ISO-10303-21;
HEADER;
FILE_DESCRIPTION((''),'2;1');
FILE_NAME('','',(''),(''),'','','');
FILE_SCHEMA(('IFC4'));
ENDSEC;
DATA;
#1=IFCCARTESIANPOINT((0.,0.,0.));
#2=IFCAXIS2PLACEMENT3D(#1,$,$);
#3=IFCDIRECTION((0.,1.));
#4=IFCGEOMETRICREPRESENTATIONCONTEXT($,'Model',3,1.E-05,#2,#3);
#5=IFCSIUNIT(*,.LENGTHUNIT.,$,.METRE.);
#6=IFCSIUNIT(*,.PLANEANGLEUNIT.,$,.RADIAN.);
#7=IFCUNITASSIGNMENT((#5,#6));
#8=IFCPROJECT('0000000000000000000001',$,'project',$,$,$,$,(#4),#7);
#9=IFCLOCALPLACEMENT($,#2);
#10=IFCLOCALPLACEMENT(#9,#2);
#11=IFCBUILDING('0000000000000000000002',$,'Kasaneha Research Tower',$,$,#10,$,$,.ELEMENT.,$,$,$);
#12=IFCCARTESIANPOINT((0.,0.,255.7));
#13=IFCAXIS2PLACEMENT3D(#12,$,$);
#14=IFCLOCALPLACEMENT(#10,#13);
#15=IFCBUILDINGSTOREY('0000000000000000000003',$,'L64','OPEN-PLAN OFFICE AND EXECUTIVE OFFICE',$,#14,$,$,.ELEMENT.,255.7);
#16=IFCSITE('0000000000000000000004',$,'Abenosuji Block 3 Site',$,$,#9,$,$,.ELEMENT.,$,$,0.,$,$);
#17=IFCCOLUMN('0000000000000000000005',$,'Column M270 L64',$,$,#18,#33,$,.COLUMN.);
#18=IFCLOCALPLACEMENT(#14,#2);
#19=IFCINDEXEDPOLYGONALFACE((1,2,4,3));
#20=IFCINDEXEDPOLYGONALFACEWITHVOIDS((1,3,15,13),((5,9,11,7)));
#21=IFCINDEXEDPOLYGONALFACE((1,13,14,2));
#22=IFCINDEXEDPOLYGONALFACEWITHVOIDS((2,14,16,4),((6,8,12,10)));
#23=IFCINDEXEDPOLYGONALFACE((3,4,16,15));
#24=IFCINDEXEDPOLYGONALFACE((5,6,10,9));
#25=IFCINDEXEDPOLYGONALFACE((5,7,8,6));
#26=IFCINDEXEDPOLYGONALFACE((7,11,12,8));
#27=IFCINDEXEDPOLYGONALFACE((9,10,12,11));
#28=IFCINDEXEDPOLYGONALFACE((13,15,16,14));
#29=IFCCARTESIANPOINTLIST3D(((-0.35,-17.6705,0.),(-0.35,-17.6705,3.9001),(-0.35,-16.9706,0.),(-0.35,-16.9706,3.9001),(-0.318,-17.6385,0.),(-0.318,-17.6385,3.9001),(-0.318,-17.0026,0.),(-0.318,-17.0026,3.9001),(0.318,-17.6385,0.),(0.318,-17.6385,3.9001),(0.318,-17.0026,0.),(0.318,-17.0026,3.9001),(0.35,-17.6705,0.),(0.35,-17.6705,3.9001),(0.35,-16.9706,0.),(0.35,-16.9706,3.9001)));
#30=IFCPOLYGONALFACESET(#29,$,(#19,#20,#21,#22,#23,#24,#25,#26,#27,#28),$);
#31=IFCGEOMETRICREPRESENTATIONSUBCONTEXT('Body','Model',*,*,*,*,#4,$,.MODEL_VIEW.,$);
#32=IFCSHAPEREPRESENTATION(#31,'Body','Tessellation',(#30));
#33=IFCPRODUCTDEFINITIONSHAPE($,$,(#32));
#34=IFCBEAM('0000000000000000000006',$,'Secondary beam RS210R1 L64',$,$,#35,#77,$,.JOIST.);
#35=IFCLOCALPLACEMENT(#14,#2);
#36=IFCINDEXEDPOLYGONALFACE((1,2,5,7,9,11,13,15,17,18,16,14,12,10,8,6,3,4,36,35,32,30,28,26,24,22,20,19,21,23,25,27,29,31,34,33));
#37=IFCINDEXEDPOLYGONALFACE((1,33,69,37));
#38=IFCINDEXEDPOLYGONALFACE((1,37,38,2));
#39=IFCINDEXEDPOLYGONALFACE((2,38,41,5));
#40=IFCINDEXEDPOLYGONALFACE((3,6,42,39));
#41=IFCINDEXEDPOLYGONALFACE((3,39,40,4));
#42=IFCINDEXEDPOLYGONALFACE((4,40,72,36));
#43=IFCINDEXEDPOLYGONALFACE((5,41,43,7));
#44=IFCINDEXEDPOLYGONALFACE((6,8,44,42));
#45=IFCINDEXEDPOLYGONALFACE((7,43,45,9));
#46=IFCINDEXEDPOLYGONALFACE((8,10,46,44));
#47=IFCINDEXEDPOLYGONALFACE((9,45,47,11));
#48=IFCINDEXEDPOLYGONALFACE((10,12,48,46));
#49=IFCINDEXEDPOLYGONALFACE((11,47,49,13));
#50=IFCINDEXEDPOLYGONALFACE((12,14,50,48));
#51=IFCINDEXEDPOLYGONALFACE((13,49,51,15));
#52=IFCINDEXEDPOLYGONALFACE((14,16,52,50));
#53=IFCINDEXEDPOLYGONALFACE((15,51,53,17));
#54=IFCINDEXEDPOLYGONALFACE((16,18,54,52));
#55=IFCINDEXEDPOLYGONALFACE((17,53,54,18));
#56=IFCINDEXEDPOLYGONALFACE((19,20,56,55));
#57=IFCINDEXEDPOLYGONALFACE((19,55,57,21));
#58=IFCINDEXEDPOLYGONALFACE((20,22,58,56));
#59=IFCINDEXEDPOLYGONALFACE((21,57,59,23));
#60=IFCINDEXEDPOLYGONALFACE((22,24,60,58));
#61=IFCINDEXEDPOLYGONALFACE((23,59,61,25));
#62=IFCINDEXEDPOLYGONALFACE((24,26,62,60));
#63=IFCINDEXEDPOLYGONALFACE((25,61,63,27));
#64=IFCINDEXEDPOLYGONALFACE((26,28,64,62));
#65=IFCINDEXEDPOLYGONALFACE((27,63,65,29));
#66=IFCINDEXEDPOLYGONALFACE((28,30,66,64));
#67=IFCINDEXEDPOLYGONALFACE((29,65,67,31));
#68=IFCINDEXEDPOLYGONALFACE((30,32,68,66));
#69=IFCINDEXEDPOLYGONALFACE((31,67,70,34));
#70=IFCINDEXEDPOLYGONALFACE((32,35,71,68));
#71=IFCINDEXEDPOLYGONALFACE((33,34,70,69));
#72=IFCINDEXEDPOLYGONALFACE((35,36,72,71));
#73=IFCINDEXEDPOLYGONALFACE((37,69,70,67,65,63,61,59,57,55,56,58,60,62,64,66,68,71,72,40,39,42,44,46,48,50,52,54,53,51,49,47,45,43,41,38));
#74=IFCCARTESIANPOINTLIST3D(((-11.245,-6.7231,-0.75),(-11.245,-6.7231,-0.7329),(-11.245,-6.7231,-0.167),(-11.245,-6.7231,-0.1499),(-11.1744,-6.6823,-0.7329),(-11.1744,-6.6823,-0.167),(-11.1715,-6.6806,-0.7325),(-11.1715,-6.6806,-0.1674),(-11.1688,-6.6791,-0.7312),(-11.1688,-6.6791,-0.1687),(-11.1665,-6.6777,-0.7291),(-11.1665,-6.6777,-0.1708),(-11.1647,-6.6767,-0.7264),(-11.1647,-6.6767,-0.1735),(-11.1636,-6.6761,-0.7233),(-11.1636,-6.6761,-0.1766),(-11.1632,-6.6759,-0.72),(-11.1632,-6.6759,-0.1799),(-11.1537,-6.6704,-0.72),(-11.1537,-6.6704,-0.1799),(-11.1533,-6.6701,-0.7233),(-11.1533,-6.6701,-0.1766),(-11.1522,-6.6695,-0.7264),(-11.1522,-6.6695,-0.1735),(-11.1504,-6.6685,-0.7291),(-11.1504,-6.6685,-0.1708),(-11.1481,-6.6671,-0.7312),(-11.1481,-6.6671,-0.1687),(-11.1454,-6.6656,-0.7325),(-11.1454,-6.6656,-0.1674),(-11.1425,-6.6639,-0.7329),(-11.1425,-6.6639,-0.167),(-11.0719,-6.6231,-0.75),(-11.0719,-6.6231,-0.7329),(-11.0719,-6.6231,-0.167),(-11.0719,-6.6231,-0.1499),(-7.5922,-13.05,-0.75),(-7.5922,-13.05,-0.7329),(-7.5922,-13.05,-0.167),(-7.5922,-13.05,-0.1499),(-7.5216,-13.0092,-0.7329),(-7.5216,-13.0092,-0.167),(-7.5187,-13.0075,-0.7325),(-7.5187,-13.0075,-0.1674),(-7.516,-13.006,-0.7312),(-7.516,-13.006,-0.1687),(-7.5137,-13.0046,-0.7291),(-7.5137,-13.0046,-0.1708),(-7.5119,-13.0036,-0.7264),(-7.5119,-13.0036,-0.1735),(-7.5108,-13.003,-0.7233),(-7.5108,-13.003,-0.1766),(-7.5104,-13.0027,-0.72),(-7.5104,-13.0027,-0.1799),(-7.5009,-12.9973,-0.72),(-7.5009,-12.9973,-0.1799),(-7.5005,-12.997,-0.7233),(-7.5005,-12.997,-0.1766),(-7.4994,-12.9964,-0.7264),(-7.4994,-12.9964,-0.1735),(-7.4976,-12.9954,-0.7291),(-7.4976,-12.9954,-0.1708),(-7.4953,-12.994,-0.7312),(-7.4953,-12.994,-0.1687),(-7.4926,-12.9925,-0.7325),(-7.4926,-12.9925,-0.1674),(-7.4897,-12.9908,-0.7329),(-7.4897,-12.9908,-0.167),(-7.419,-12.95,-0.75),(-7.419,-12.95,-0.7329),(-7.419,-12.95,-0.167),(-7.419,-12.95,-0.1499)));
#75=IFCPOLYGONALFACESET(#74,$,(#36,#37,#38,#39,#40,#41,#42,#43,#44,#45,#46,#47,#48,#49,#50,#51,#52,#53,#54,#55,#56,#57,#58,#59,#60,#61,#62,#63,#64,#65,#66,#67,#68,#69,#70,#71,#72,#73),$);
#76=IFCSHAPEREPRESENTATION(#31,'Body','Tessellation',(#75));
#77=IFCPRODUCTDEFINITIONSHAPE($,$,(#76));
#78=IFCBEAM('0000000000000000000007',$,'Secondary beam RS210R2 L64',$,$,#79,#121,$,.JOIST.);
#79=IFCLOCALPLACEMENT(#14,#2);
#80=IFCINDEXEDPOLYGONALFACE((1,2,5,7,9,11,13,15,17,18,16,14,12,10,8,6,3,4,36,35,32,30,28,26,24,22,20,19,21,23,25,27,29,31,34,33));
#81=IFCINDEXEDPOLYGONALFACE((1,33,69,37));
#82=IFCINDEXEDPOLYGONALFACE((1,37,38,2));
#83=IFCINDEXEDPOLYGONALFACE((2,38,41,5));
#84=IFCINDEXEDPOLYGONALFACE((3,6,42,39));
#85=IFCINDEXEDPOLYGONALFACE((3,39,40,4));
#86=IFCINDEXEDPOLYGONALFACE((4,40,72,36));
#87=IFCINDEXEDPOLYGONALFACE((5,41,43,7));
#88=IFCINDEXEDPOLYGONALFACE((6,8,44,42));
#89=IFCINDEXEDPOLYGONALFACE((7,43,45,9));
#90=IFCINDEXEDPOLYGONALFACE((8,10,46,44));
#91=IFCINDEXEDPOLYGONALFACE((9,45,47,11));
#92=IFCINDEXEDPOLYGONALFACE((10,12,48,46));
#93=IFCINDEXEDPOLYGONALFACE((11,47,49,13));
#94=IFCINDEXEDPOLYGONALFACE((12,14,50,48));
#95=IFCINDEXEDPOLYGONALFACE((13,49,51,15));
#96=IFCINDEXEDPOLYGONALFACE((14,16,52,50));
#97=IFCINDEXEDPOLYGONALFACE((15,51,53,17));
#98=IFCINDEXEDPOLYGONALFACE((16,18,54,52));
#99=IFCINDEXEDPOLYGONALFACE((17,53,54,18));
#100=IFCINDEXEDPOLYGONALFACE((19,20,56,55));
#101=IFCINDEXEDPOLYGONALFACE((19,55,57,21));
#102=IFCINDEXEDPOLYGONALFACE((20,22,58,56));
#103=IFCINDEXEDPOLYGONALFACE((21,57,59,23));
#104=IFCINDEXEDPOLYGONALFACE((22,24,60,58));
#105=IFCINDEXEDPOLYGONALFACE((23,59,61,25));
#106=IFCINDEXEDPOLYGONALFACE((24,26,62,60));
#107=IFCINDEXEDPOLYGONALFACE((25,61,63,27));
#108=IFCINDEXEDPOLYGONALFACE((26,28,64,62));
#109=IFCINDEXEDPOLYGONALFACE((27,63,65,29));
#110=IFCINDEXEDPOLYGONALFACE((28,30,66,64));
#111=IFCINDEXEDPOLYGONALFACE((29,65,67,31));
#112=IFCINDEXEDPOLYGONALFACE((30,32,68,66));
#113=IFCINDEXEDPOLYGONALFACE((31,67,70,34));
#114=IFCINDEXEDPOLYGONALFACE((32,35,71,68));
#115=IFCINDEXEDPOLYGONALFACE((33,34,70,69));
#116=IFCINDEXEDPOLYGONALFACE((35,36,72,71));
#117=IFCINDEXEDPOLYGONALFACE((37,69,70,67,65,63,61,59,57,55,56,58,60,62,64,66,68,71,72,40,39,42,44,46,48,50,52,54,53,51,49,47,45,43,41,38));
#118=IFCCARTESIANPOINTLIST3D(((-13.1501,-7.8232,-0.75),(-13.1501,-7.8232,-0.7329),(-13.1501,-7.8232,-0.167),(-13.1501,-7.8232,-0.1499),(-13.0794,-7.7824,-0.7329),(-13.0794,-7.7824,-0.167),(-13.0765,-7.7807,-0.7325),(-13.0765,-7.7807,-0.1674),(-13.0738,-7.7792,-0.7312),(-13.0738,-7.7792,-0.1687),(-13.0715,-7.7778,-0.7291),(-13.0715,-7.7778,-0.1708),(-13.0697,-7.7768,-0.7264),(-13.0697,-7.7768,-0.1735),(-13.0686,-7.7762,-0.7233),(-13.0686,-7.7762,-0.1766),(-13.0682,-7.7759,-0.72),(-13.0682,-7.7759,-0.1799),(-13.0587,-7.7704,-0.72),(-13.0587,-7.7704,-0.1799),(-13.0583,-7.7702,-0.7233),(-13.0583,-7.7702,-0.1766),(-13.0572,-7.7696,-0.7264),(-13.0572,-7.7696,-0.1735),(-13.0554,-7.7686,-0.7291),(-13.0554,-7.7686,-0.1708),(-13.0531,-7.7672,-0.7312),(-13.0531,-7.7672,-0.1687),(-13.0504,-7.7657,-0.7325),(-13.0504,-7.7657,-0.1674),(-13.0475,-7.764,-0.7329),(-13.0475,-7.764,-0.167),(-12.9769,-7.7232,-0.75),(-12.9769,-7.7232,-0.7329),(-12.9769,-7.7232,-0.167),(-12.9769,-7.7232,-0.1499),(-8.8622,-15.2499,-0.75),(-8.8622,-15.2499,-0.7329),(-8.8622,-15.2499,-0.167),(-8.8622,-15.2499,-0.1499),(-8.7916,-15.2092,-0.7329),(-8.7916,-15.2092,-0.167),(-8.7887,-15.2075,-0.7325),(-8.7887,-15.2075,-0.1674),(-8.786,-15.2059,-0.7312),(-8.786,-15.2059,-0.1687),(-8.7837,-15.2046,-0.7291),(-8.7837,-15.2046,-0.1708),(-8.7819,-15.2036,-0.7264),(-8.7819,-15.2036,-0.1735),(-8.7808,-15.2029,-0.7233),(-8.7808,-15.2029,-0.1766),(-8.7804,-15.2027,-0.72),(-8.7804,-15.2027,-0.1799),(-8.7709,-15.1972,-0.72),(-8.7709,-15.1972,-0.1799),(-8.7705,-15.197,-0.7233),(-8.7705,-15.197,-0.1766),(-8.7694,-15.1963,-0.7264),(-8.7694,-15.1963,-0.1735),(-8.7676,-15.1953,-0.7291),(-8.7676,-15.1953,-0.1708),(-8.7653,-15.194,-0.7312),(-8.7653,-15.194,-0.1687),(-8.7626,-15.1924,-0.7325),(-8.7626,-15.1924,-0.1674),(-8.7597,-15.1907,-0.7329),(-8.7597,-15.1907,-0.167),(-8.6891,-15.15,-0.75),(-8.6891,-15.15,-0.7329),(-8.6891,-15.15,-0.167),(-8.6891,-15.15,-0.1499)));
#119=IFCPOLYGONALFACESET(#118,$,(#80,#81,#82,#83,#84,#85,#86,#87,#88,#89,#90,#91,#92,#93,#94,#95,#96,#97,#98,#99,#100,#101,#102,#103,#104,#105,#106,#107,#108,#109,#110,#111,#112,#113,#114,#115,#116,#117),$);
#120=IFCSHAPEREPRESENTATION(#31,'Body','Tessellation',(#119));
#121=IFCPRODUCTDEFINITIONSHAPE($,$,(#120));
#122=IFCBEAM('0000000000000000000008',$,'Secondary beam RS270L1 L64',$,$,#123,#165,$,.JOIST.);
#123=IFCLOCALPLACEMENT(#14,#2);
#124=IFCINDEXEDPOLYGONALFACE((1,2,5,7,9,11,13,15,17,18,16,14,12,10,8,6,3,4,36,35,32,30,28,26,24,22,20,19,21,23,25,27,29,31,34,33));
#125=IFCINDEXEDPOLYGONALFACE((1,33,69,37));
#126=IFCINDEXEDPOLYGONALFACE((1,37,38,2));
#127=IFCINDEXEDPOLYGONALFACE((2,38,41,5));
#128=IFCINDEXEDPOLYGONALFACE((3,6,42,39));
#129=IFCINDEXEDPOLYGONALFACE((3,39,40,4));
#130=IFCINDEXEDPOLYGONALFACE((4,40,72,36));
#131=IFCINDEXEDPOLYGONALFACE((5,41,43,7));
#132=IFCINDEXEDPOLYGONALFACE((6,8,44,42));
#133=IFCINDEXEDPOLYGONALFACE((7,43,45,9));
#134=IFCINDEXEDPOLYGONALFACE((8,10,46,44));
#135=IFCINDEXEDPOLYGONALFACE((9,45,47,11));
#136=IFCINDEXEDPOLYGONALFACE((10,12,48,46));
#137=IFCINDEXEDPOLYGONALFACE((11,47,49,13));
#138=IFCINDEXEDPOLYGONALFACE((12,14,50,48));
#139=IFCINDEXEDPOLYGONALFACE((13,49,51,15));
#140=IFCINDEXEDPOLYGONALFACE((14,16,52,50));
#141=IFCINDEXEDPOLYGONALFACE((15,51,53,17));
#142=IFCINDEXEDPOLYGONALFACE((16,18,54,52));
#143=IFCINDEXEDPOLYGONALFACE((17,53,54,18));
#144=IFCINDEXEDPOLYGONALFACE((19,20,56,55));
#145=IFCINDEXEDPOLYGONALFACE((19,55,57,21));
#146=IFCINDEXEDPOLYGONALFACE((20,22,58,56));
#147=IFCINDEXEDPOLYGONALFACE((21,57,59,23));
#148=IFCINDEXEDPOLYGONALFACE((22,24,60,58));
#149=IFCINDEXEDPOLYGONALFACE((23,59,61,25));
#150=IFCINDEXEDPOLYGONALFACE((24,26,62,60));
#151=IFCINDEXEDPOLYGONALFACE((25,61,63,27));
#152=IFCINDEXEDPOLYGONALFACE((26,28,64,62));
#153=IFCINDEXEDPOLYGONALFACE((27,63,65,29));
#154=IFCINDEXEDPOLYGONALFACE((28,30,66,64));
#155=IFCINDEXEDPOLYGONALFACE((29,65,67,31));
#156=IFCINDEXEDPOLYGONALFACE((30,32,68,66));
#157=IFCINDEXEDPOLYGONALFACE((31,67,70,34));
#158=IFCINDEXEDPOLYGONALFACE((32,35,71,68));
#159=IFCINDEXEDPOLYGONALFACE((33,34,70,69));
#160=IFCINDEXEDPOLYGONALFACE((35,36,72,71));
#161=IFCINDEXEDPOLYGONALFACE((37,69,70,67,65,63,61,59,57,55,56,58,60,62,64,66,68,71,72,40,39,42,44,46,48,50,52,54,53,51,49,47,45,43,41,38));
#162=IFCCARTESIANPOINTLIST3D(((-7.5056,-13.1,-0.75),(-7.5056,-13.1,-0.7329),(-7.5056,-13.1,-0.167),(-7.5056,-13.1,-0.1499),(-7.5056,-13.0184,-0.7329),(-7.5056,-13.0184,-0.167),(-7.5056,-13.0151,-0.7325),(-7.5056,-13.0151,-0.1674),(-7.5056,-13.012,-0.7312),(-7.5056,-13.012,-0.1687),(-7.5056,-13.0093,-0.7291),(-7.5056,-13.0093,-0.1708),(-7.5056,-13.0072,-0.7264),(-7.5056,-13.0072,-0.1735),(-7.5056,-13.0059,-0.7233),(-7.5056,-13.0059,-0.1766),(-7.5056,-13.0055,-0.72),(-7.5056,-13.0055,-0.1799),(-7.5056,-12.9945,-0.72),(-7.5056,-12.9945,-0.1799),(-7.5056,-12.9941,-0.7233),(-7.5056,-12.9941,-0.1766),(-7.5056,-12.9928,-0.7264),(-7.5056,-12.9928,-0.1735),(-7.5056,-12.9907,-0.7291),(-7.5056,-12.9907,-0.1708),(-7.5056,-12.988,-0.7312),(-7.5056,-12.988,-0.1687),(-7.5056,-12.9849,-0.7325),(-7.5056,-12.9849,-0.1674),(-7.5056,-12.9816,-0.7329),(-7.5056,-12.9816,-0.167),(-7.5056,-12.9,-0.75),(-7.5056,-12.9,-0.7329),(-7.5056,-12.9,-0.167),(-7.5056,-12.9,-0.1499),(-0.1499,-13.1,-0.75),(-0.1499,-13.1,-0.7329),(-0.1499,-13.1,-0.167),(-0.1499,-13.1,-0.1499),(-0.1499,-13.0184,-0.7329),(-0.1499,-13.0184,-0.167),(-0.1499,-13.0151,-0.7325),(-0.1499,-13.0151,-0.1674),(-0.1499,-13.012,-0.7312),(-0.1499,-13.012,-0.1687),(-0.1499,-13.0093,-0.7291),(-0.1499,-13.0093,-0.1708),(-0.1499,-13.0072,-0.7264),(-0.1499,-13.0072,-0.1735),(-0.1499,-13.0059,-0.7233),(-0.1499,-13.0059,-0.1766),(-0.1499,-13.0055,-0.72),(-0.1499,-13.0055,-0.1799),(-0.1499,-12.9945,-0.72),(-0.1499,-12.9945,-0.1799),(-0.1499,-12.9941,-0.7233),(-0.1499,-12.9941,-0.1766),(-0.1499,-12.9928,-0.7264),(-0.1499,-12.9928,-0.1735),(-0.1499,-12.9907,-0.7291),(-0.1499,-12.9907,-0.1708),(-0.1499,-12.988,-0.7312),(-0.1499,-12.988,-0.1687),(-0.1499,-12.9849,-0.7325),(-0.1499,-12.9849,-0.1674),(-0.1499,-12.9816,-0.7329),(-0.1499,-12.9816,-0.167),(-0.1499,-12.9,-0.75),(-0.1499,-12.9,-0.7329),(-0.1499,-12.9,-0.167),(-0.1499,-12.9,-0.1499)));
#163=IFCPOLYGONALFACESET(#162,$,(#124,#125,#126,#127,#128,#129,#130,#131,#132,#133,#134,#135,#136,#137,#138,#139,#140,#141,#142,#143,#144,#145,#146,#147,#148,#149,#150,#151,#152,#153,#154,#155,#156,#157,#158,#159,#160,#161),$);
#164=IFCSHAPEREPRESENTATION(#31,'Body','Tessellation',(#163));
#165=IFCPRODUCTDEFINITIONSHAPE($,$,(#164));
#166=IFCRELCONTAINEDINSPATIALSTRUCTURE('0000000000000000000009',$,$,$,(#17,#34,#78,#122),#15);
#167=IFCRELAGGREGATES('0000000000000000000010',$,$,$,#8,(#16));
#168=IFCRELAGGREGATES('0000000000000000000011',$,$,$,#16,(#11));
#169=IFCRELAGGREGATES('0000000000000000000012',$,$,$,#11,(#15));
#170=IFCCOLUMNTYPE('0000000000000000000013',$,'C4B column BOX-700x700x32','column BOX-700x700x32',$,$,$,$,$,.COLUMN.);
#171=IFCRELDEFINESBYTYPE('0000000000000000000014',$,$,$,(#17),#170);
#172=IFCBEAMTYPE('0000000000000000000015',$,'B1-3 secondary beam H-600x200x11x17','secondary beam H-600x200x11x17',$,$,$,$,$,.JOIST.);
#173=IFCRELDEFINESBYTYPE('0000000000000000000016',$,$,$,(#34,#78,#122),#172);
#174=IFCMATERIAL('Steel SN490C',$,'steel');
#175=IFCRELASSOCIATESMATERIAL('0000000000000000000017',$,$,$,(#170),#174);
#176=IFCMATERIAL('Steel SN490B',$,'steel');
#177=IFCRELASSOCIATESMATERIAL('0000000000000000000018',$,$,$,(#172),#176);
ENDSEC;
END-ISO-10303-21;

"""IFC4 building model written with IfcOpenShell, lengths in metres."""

from ifc_helpers import new_model, si_unit, direction, frame, origin, origin_2d, place, context, subcontext, project, spatial, hollow_rectangle, i_section, extrude, material, material_profile, profile_set, type_object, element, save


model = new_model("IFC4")

# Units and contexts
model_context = context("Model", 3, precision=1e-05, world=origin(), true_north=direction((0.0, 1.0)))
body_context = subcontext(model_context, "Body", "Model", "MODEL_VIEW")
ifc_project = project(units=[si_unit("LENGTHUNIT", "METRE"), si_unit("PLANEANGLEUNIT", "RADIAN")], contexts=[model_context])

# Site, building, storey
site_placement = place(None, origin())
site = spatial("IfcSite", under=ifc_project, at=site_placement, Name="Abenosuji Block 3 Site", CompositionType="ELEMENT", RefElevation=0.0)
building_placement = place(site_placement, origin())
building = spatial("IfcBuilding", under=site, at=building_placement, Name="Kasaneha Research Tower", CompositionType="ELEMENT")
storey_placement = place(building_placement, frame((0.0, 0.0, 255.7)))
storey = spatial("IfcBuildingStorey", under=building, at=storey_placement, Name="L64", Description="OPEN-PLAN OFFICE AND EXECUTIVE OFFICE", CompositionType="ELEMENT", Elevation=255.7)

# Column
ifc_material_1 = material(Name="Steel SN490C", Category="steel")
ifc_material_profile_1 = material_profile(ifc_material_1, hollow_rectangle(XDim=0.7, YDim=0.7, WallThickness=0.032, at=origin_2d()), Name="BOX-700x700x32")
ifc_profile_set_1 = profile_set([ifc_material_profile_1], Name="Steel SN490C")
column_type = type_object("IfcColumnType", Name="C4B column BOX-700x700x32", Description="column BOX-700x700x32", PredefinedType="COLUMN", material=ifc_profile_set_1)
column_placement = place(storey_placement, frame((0.0, -17.3206, 0.0), z_axis=(0.0, 0.0, 1.0), x_axis=(1.0, 0.0, 0.0)))
element("IfcColumn", 1, at=column_placement, inside=storey, type_object=column_type, Name="Column M270 L64", PredefinedType="COLUMN", context=body_context, shape_type="SweptSolid", body=[
    extrude(hollow_rectangle(XDim=0.7, YDim=0.7, WallThickness=0.032, at=origin_2d()), origin(), (0.0, 0.0, 1.0), 3.9001),
])

# Beams
ifc_material_2 = material(Name="Steel SN490B", Category="steel")
ifc_material_profile_2 = material_profile(ifc_material_2, i_section(OverallWidth=0.2, OverallDepth=0.6001, WebThickness=0.011, FlangeThickness=0.0171, FilletRadius=0.0129, at=origin_2d()), Name="H-600x200x11x17")
ifc_profile_set_2 = profile_set([ifc_material_profile_2], Name="Steel SN490B")
beam_type_1 = type_object("IfcBeamType", Name="B1-3 secondary beam H-600x200x11x17", Description="secondary beam H-600x200x11x17", PredefinedType="JOIST", material=ifc_profile_set_2)
beam_1_placement = place(storey_placement, frame((-7.5056, -13.0, -0.45), z_axis=(-0.499999, 0.866026, 0.0), x_axis=(-0.866026, -0.499999, 0.0)))
element("IfcBeam", 2, at=beam_1_placement, inside=storey, type_object=beam_type_1, Name="Secondary beam RS210R1 L64", PredefinedType="JOIST", context=body_context, shape_type="SweptSolid", body=[
    extrude(i_section(OverallWidth=0.2, OverallDepth=0.6001, WebThickness=0.011, FlangeThickness=0.0171, FilletRadius=0.0129, at=origin_2d()), origin(), (0.0, 0.0, 1.0), 7.3057),
])
beam_2_placement = place(storey_placement, frame((-8.7756, -15.2, -0.45), z_axis=(-0.5, 0.866025, 0.0), x_axis=(-0.866025, -0.5, 0.0)))
element("IfcBeam", 3, at=beam_2_placement, inside=storey, type_object=beam_type_1, Name="Secondary beam RS210R2 L64", PredefinedType="JOIST", context=body_context, shape_type="SweptSolid", body=[
    extrude(i_section(OverallWidth=0.2, OverallDepth=0.6001, WebThickness=0.011, FlangeThickness=0.0171, FilletRadius=0.0129, at=origin_2d()), origin(), (0.0, 0.0, 1.0), 8.5757),
])
beam_3_placement = place(storey_placement, frame((-7.5056, -13.0, -0.45), z_axis=(1.0, 0.0, 0.0), x_axis=(0.0, 1.0, 0.0)))
element("IfcBeam", 4, at=beam_3_placement, inside=storey, type_object=beam_type_1, Name="Secondary beam RS270L1 L64", PredefinedType="JOIST", context=body_context, shape_type="SweptSolid", body=[
    extrude(i_section(OverallWidth=0.2, OverallDepth=0.6001, WebThickness=0.011, FlangeThickness=0.0171, FilletRadius=0.0129, at=origin_2d()), origin(), (0.0, 0.0, 1.0), 7.3557),
])

save(model, "model.ifc")
